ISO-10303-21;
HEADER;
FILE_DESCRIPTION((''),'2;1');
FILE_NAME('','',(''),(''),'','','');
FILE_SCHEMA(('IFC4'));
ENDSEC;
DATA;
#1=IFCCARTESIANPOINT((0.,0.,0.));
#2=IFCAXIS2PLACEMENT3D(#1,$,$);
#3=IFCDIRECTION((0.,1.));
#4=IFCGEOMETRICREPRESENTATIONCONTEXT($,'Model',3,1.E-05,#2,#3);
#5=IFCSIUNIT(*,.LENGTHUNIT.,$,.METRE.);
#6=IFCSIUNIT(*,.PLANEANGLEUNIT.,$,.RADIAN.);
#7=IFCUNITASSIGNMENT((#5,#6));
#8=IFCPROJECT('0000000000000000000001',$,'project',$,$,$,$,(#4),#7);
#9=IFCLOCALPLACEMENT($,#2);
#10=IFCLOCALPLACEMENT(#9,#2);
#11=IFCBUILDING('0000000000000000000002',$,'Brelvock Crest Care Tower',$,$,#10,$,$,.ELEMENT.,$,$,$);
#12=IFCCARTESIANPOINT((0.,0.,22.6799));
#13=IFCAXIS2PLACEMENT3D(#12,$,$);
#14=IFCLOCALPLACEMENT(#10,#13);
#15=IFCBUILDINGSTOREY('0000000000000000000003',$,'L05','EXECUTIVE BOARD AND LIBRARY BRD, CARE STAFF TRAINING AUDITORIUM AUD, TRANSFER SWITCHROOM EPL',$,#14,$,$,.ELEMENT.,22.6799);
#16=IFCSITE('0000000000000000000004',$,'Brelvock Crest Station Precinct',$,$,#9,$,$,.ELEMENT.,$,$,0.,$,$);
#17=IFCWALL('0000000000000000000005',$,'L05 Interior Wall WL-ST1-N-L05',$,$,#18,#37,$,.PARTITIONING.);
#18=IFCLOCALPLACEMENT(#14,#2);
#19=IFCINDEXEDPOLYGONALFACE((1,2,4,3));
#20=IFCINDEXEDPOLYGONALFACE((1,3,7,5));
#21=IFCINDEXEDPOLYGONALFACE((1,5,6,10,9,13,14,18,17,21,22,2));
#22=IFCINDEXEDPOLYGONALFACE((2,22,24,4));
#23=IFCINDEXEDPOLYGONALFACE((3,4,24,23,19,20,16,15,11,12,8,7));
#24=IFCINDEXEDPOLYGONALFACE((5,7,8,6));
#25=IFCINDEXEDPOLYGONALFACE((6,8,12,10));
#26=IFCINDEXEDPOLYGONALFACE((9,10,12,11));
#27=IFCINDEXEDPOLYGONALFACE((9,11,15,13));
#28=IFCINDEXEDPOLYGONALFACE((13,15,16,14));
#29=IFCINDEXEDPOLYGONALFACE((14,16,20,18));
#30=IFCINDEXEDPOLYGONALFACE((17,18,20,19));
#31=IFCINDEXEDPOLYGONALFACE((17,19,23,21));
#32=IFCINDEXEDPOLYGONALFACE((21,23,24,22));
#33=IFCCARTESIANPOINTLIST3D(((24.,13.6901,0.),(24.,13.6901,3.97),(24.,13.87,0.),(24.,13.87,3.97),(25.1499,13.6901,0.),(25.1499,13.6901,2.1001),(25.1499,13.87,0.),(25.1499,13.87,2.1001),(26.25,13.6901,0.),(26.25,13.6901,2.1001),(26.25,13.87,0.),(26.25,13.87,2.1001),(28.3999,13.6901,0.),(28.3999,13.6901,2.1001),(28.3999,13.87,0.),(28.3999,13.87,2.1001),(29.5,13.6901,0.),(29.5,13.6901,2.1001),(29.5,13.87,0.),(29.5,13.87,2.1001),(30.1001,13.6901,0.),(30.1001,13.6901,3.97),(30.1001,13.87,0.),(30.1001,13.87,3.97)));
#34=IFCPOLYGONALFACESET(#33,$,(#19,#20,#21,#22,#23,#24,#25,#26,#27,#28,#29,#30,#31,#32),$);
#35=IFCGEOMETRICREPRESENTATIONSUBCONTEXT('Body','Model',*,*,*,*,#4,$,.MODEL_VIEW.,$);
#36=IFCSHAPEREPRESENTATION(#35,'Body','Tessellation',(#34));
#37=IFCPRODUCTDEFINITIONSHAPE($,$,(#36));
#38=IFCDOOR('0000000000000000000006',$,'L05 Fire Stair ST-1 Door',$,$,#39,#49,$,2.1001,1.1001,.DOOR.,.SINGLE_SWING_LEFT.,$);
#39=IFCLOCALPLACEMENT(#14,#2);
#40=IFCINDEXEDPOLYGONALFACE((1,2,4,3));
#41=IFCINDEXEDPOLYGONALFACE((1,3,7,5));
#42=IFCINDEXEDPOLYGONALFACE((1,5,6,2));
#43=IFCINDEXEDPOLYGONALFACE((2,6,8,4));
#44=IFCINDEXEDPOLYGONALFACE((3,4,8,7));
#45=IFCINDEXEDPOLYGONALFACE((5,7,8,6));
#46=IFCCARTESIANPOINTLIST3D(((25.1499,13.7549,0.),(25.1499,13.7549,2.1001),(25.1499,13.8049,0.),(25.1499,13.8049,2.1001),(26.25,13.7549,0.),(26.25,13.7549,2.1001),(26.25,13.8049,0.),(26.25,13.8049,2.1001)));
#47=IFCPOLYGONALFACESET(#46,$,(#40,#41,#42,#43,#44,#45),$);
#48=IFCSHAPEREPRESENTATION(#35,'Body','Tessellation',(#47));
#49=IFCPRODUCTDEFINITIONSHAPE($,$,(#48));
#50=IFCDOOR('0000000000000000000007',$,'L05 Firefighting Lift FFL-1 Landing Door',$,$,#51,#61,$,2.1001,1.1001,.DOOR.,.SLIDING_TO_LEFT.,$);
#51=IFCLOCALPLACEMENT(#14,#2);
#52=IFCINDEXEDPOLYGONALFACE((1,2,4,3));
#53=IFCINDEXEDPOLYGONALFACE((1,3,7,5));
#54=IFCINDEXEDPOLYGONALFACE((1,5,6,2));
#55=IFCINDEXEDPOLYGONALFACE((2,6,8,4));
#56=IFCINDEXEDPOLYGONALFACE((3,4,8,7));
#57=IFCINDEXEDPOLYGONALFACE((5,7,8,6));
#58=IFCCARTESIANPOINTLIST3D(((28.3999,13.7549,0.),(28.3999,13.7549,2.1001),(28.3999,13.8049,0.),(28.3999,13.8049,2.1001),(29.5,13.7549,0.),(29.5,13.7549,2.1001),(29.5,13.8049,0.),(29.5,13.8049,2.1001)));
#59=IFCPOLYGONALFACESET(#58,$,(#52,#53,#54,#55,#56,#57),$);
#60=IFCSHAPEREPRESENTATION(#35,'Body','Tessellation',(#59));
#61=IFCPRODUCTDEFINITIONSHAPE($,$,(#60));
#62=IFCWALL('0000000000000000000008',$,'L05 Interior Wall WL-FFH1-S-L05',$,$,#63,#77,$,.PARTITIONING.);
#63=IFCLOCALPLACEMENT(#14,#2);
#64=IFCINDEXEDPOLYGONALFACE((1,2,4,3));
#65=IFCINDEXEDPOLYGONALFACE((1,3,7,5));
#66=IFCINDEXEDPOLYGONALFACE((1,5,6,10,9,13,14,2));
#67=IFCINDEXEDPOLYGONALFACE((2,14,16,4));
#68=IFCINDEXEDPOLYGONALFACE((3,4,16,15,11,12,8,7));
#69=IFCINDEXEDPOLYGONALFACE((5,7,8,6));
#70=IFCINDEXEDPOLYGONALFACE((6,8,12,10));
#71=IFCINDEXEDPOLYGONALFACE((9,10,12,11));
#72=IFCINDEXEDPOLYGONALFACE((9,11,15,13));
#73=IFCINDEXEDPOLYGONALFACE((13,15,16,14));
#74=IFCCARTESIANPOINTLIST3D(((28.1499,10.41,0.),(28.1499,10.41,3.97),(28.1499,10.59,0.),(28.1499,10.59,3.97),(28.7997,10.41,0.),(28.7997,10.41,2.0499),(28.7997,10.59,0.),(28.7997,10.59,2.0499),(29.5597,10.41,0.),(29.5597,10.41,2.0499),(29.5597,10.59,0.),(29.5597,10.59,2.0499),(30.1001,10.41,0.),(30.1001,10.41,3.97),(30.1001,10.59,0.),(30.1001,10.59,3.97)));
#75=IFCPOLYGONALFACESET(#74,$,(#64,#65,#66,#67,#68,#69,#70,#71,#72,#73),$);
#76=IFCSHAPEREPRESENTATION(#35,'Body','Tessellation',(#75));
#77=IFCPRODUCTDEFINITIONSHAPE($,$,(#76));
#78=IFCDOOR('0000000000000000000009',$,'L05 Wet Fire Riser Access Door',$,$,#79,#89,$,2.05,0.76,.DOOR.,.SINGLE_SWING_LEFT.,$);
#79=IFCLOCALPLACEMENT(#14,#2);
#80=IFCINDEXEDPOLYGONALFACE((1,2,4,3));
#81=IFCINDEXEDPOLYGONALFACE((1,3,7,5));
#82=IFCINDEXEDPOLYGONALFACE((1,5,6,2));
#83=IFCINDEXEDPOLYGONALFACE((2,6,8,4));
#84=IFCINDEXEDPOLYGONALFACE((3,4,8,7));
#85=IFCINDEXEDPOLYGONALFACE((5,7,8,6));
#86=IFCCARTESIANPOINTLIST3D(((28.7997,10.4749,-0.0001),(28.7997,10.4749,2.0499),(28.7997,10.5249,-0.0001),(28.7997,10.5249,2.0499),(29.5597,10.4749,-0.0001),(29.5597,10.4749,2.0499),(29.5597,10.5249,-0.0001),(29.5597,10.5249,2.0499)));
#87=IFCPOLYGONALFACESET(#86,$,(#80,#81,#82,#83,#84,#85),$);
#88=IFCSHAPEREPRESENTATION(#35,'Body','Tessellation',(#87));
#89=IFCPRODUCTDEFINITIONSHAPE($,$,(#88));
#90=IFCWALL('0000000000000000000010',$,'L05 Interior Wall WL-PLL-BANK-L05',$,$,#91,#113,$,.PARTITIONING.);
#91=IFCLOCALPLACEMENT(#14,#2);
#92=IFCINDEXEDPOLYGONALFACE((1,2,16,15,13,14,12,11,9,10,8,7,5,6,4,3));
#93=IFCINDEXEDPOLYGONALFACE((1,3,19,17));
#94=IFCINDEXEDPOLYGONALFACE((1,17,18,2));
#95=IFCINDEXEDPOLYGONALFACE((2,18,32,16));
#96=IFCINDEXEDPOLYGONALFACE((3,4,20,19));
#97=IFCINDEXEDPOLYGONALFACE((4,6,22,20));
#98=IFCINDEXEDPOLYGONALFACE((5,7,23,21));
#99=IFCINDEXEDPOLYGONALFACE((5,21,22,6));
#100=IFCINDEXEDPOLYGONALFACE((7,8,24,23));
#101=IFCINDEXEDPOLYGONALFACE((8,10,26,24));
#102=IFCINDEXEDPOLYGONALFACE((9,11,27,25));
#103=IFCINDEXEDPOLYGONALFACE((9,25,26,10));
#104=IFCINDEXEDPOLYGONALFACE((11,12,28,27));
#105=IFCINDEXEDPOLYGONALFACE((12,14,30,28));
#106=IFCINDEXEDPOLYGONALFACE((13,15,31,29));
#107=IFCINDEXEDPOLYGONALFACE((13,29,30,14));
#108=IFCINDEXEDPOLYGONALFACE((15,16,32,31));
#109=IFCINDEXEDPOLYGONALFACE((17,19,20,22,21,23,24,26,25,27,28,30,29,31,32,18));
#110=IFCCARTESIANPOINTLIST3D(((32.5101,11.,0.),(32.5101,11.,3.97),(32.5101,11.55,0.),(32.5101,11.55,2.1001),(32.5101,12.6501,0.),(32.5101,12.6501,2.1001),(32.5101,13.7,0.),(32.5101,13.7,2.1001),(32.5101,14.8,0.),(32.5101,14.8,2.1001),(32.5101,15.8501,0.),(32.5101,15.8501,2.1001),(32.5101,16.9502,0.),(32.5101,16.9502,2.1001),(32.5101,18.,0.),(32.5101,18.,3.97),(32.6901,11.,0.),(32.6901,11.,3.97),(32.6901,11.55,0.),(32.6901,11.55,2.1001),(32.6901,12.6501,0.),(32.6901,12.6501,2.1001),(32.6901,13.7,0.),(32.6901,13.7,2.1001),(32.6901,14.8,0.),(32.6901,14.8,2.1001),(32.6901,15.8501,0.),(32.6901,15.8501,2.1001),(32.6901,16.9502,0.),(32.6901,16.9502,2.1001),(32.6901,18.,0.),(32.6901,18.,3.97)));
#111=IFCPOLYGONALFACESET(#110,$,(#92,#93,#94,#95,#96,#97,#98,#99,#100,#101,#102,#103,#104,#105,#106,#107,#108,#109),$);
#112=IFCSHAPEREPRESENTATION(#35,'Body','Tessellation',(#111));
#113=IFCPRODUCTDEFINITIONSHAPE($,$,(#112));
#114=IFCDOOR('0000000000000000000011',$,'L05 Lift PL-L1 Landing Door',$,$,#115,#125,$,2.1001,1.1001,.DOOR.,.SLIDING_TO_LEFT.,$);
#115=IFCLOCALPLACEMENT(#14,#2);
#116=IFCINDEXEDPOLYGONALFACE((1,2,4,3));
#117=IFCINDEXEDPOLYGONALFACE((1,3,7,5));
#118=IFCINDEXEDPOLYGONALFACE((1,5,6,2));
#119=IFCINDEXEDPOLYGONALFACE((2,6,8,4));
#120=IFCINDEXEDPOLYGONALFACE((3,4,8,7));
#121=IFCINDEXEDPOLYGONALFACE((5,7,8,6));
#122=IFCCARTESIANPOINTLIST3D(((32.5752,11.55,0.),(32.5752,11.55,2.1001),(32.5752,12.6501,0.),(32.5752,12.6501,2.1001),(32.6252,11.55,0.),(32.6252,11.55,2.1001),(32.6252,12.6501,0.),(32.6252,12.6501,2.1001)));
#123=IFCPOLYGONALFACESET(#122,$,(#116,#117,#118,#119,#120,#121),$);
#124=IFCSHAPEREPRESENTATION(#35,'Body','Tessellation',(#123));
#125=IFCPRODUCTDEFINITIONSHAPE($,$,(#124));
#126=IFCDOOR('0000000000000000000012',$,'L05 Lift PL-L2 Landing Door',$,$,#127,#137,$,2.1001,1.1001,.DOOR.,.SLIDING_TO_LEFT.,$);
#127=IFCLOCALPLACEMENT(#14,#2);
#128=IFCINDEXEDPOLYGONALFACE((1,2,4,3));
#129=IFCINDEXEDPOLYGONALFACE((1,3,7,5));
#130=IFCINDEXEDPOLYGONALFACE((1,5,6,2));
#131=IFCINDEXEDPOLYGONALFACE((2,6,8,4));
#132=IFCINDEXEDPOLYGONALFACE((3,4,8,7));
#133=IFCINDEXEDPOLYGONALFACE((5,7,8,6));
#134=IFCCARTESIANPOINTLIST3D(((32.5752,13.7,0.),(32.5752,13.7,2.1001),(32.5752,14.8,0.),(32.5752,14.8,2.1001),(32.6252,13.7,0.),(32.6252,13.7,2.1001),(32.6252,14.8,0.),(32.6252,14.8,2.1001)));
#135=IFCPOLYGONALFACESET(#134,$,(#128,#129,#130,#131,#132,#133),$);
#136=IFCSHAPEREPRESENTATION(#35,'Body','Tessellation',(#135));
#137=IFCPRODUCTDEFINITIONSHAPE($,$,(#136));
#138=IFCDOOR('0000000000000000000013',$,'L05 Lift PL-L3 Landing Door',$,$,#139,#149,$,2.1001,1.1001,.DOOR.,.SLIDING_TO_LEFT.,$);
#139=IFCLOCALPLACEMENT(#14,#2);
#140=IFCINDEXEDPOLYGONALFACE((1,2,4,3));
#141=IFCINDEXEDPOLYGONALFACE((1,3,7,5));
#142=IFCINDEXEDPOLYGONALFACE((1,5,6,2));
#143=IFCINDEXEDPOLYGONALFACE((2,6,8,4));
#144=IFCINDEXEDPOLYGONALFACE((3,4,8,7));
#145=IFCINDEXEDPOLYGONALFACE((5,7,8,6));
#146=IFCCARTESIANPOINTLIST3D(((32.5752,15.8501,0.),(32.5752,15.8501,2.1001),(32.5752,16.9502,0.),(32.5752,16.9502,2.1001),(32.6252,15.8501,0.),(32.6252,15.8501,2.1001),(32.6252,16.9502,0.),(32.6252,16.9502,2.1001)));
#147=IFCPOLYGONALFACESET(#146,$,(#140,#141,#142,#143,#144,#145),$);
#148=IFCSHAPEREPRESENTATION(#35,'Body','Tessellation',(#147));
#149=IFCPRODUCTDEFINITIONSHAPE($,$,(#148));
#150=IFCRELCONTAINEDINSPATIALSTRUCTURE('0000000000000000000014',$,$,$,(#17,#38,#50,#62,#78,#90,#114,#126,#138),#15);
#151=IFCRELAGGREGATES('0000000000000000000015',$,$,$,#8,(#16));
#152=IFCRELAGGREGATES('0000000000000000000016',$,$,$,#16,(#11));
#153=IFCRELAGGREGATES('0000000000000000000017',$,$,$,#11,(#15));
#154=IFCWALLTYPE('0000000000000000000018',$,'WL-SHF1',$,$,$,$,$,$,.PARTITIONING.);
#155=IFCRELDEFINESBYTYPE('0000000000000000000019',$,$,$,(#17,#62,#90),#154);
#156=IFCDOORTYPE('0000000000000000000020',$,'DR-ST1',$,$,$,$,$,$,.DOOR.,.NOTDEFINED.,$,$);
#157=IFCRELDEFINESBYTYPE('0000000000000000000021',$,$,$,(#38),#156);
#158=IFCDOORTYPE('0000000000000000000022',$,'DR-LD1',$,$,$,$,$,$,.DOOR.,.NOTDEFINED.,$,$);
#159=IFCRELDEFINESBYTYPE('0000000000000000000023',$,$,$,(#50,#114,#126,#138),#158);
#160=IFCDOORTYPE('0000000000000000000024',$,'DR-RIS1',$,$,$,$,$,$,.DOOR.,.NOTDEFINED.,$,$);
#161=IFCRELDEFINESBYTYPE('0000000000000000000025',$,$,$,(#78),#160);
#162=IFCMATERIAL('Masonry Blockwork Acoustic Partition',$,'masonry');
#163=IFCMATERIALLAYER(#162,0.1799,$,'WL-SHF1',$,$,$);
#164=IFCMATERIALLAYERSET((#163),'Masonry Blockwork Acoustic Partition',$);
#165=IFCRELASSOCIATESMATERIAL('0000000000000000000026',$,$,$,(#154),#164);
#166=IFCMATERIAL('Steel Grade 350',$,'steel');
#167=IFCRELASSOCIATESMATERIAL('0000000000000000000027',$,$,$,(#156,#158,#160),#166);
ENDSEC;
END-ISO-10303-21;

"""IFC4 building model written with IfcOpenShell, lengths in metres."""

from ifc_helpers import new_model, si_unit, direction, frame, frame_2d, origin, origin_2d, place, context, subcontext, project, spatial, rectangle, extrude, source, transform, mapped, material, layer, layer_set, type_object, element, fill, save


model = new_model("IFC4")

# Units and contexts
model_context = context("Model", 3, precision=1e-05, world=origin(), true_north=direction((0.0, 1.0)))
body_context = subcontext(model_context, "Body", "Model", "MODEL_VIEW")
ifc_project = project(units=[si_unit("LENGTHUNIT", "METRE"), si_unit("PLANEANGLEUNIT", "RADIAN")], contexts=[model_context])

# Site, building, storey
site_placement = place(None, origin())
site = spatial("IfcSite", under=ifc_project, at=site_placement, Name="Brelvock Crest Station Precinct", CompositionType="ELEMENT", RefElevation=0.0)
building_placement = place(site_placement, origin())
building = spatial("IfcBuilding", under=site, at=building_placement, Name="Brelvock Crest Care Tower", CompositionType="ELEMENT")
storey_placement = place(building_placement, frame((0.0, 0.0, 22.6799)))
storey = spatial("IfcBuildingStorey", under=building, at=storey_placement, Name="L05", Description="EXECUTIVE BOARD AND LIBRARY BRD, CARE STAFF TRAINING AUDITORIUM AUD, TRANSFER SWITCHROOM EPL", CompositionType="ELEMENT", Elevation=22.6799)

# Shared definitions
ifc_material_1 = material(Name="Steel Grade 350", Category="steel")

# Shared definitions
ifc_material_2 = material(Name="Masonry Blockwork Acoustic Partition", Category="masonry")
ifc_layer_1 = layer(ifc_material_2, 0.1799, Name="WL-SHF1")
ifc_layer_set_1 = layer_set([ifc_layer_1], Name="Masonry Blockwork Acoustic Partition")
wall_type_1 = type_object("IfcWallType", Name="WL-SHF1", PredefinedType="PARTITIONING", material=ifc_layer_set_1)

# Wall, openings, doors
wall_1_placement = place(storey_placement, frame((24.0, 13.78, 0.0), z_axis=(0.0, 0.0, 1.0), x_axis=(1.0, 0.0, 0.0)))
wall_1 = element("IfcWall", 1, at=wall_1_placement, inside=storey, type_object=wall_type_1, Name="L05 Interior Wall WL-ST1-N-L05", PredefinedType="PARTITIONING", context=body_context, shape_type="SweptSolid", body=[
    extrude(rectangle(XDim=6.1001, YDim=0.1799, at=frame_2d((3.05, 0.0))), origin(), (0.0, 0.0, 1.0), 3.97),
])
opening_1_placement = place(wall_1_placement, frame((1.1499, 0.0, 0.0)))
opening_1 = element("IfcOpeningElement", 2, at=opening_1_placement, cuts=wall_1, PredefinedType="OPENING", context=body_context, shape_type="SweptSolid", body=[
    extrude(rectangle(XDim=1.1001, YDim=2.1001, at=origin_2d()), frame((0.55, 0.1001, 1.05), z_axis=(0.0, -1.0, 0.0), x_axis=(1.0, 0.0, 0.0)), (0.0, 0.0, 1.0), 0.2),
])
opening_2_placement = place(wall_1_placement, frame((4.3999, 0.0, 0.0)))
opening_2 = element("IfcOpeningElement", 3, at=opening_2_placement, cuts=wall_1, PredefinedType="OPENING", context=body_context, shape_type="SweptSolid", body=[
    extrude(rectangle(XDim=1.1001, YDim=2.1001, at=origin_2d()), frame((0.55, 0.1001, 1.05), z_axis=(0.0, -1.0, 0.0), x_axis=(1.0, 0.0, 0.0)), (0.0, 0.0, 1.0), 0.2),
])
door_type_1 = type_object("IfcDoorType", Name="DR-ST1", OperationType="NOTDEFINED", PredefinedType="DOOR", material=ifc_material_1)
shared_shape_1 = source(origin(), body_context, "Body", "SweptSolid", [
    extrude(rectangle(XDim=1.1001, YDim=2.1001, at=origin_2d()), frame((0.55, 0.0249, 1.05), z_axis=(0.0, -1.0, 0.0), x_axis=(1.0, 0.0, 0.0)), (0.0, 0.0, 1.0), 0.05),
])
door_1_placement = place(opening_1_placement, origin())
door_1 = element("IfcDoor", 4, at=door_1_placement, inside=storey, type_object=door_type_1, Name="L05 Fire Stair ST-1 Door", OperationType="SINGLE_SWING_LEFT", OverallHeight=2.1001, OverallWidth=1.1001, PredefinedType="DOOR", context=body_context, shape_type="MappedRepresentation", body=[
    mapped(shared_shape_1, transform((0.0, 0.0, 0.0), x_axis=(1.0, 0.0, 0.0), y_axis=(0.0, 1.0, 0.0), z_axis=(0.0, 0.0, 1.0), scale=1.0)),
])
fill(opening_1, door_1)
door_type_2 = type_object("IfcDoorType", Name="DR-LD1", OperationType="NOTDEFINED", PredefinedType="DOOR", material=ifc_material_1)
shared_shape_2 = source(origin(), body_context, "Body", "SweptSolid", [
    extrude(rectangle(XDim=1.1001, YDim=2.1001, at=origin_2d()), frame((0.55, 0.0249, 1.05), z_axis=(0.0, -1.0, 0.0), x_axis=(1.0, 0.0, 0.0)), (0.0, 0.0, 1.0), 0.05),
])
door_2_placement = place(opening_2_placement, origin())
door_2 = element("IfcDoor", 5, at=door_2_placement, inside=storey, type_object=door_type_2, Name="L05 Firefighting Lift FFL-1 Landing Door", OperationType="SLIDING_TO_LEFT", OverallHeight=2.1001, OverallWidth=1.1001, PredefinedType="DOOR", context=body_context, shape_type="MappedRepresentation", body=[
    mapped(shared_shape_2, transform((0.0, 0.0, 0.0), x_axis=(1.0, 0.0, 0.0), y_axis=(0.0, 1.0, 0.0), z_axis=(0.0, 0.0, 1.0), scale=1.0)),
])
fill(opening_2, door_2)

# Wall, opening, door
wall_2_placement = place(storey_placement, frame((28.1499, 10.5, 0.0), z_axis=(0.0, 0.0, 1.0), x_axis=(1.0, 0.0, 0.0)))
wall_2 = element("IfcWall", 6, at=wall_2_placement, inside=storey, type_object=wall_type_1, Name="L05 Interior Wall WL-FFH1-S-L05", PredefinedType="PARTITIONING", context=body_context, shape_type="SweptSolid", body=[
    extrude(rectangle(XDim=1.9502, YDim=0.1799, at=frame_2d((0.9751, 0.0))), origin(), (0.0, 0.0, 1.0), 3.97),
])
opening_3_placement = place(wall_2_placement, frame((0.6499, 0.0, 0.0)))
opening_3 = element("IfcOpeningElement", 7, at=opening_3_placement, cuts=wall_2, PredefinedType="OPENING", context=body_context, shape_type="SweptSolid", body=[
    extrude(rectangle(XDim=0.76, YDim=2.05, at=origin_2d()), frame((0.3799, 0.1001, 1.0249), z_axis=(0.0, -1.0, 0.0), x_axis=(1.0, 0.0, 0.0)), (0.0, 0.0, 1.0), 0.2),
])
door_type_3 = type_object("IfcDoorType", Name="DR-RIS1", OperationType="NOTDEFINED", PredefinedType="DOOR", material=ifc_material_1)
shared_shape_3 = source(origin(), body_context, "Body", "SweptSolid", [
    extrude(rectangle(XDim=0.76, YDim=2.05, at=origin_2d()), frame((0.3799, 0.0249, 1.0249), z_axis=(0.0, -1.0, 0.0), x_axis=(1.0, 0.0, 0.0)), (0.0, 0.0, 1.0), 0.05),
])
door_3_placement = place(opening_3_placement, origin())
door_3 = element("IfcDoor", 8, at=door_3_placement, inside=storey, type_object=door_type_3, Name="L05 Wet Fire Riser Access Door", OperationType="SINGLE_SWING_LEFT", OverallHeight=2.05, OverallWidth=0.76, PredefinedType="DOOR", context=body_context, shape_type="MappedRepresentation", body=[
    mapped(shared_shape_3, transform((0.0, 0.0, 0.0), x_axis=(1.0, 0.0, 0.0), y_axis=(0.0, 1.0, 0.0), z_axis=(0.0, 0.0, 1.0), scale=1.0)),
])
fill(opening_3, door_3)

# Wall, openings, doors
wall_3_placement = place(storey_placement, frame((32.6001, 11.0, 0.0), z_axis=(0.0, 0.0, 1.0), x_axis=(0.0, 1.0, 0.0)))
wall_3 = element("IfcWall", 9, at=wall_3_placement, inside=storey, type_object=wall_type_1, Name="L05 Interior Wall WL-PLL-BANK-L05", PredefinedType="PARTITIONING", context=body_context, shape_type="SweptSolid", body=[
    extrude(rectangle(XDim=7.0, YDim=0.1799, at=frame_2d((3.5, 0.0))), origin(), (0.0, 0.0, 1.0), 3.97),
])
opening_4_placement = place(wall_3_placement, frame((0.55, 0.0, 0.0)))
opening_4 = element("IfcOpeningElement", 10, at=opening_4_placement, cuts=wall_3, PredefinedType="OPENING", context=body_context, shape_type="SweptSolid", body=[
    extrude(rectangle(XDim=1.1001, YDim=2.1001, at=origin_2d()), frame((0.55, 0.1001, 1.05), z_axis=(0.0, -1.0, 0.0), x_axis=(1.0, 0.0, 0.0)), (0.0, 0.0, 1.0), 0.2),
])
opening_5_placement = place(wall_3_placement, frame((2.7, 0.0, 0.0)))
opening_5 = element("IfcOpeningElement", 11, at=opening_5_placement, cuts=wall_3, PredefinedType="OPENING", context=body_context, shape_type="SweptSolid", body=[
    extrude(rectangle(XDim=1.1001, YDim=2.1001, at=origin_2d()), frame((0.55, 0.1001, 1.05), z_axis=(0.0, -1.0, 0.0), x_axis=(1.0, 0.0, 0.0)), (0.0, 0.0, 1.0), 0.2),
])
opening_6_placement = place(wall_3_placement, frame((4.8501, 0.0, 0.0)))
opening_6 = element("IfcOpeningElement", 12, at=opening_6_placement, cuts=wall_3, PredefinedType="OPENING", context=body_context, shape_type="SweptSolid", body=[
    extrude(rectangle(XDim=1.1001, YDim=2.1001, at=origin_2d()), frame((0.55, 0.1001, 1.05), z_axis=(0.0, -1.0, 0.0), x_axis=(1.0, 0.0, 0.0)), (0.0, 0.0, 1.0), 0.2),
])
door_4_placement = place(opening_4_placement, origin())
door_4 = element("IfcDoor", 13, at=door_4_placement, inside=storey, type_object=door_type_2, Name="L05 Lift PL-L1 Landing Door", OperationType="SLIDING_TO_LEFT", OverallHeight=2.1001, OverallWidth=1.1001, PredefinedType="DOOR", context=body_context, shape_type="MappedRepresentation", body=[
    mapped(shared_shape_2, transform((0.0, 0.0, 0.0), x_axis=(1.0, 0.0, 0.0), y_axis=(0.0, 1.0, 0.0), z_axis=(0.0, 0.0, 1.0), scale=1.0)),
])
fill(opening_4, door_4)
door_5_placement = place(opening_5_placement, origin())
door_5 = element("IfcDoor", 14, at=door_5_placement, inside=storey, type_object=door_type_2, Name="L05 Lift PL-L2 Landing Door", OperationType="SLIDING_TO_LEFT", OverallHeight=2.1001, OverallWidth=1.1001, PredefinedType="DOOR", context=body_context, shape_type="MappedRepresentation", body=[
    mapped(shared_shape_2, transform((0.0, 0.0, 0.0), x_axis=(1.0, 0.0, 0.0), y_axis=(0.0, 1.0, 0.0), z_axis=(0.0, 0.0, 1.0), scale=1.0)),
])
fill(opening_5, door_5)
door_6_placement = place(opening_6_placement, origin())
door_6 = element("IfcDoor", 15, at=door_6_placement, inside=storey, type_object=door_type_2, Name="L05 Lift PL-L3 Landing Door", OperationType="SLIDING_TO_LEFT", OverallHeight=2.1001, OverallWidth=1.1001, PredefinedType="DOOR", context=body_context, shape_type="MappedRepresentation", body=[
    mapped(shared_shape_2, transform((0.0, 0.0, 0.0), x_axis=(1.0, 0.0, 0.0), y_axis=(0.0, 1.0, 0.0), z_axis=(0.0, 0.0, 1.0), scale=1.0)),
])
fill(opening_6, door_6)

save(model, "model.ifc")
